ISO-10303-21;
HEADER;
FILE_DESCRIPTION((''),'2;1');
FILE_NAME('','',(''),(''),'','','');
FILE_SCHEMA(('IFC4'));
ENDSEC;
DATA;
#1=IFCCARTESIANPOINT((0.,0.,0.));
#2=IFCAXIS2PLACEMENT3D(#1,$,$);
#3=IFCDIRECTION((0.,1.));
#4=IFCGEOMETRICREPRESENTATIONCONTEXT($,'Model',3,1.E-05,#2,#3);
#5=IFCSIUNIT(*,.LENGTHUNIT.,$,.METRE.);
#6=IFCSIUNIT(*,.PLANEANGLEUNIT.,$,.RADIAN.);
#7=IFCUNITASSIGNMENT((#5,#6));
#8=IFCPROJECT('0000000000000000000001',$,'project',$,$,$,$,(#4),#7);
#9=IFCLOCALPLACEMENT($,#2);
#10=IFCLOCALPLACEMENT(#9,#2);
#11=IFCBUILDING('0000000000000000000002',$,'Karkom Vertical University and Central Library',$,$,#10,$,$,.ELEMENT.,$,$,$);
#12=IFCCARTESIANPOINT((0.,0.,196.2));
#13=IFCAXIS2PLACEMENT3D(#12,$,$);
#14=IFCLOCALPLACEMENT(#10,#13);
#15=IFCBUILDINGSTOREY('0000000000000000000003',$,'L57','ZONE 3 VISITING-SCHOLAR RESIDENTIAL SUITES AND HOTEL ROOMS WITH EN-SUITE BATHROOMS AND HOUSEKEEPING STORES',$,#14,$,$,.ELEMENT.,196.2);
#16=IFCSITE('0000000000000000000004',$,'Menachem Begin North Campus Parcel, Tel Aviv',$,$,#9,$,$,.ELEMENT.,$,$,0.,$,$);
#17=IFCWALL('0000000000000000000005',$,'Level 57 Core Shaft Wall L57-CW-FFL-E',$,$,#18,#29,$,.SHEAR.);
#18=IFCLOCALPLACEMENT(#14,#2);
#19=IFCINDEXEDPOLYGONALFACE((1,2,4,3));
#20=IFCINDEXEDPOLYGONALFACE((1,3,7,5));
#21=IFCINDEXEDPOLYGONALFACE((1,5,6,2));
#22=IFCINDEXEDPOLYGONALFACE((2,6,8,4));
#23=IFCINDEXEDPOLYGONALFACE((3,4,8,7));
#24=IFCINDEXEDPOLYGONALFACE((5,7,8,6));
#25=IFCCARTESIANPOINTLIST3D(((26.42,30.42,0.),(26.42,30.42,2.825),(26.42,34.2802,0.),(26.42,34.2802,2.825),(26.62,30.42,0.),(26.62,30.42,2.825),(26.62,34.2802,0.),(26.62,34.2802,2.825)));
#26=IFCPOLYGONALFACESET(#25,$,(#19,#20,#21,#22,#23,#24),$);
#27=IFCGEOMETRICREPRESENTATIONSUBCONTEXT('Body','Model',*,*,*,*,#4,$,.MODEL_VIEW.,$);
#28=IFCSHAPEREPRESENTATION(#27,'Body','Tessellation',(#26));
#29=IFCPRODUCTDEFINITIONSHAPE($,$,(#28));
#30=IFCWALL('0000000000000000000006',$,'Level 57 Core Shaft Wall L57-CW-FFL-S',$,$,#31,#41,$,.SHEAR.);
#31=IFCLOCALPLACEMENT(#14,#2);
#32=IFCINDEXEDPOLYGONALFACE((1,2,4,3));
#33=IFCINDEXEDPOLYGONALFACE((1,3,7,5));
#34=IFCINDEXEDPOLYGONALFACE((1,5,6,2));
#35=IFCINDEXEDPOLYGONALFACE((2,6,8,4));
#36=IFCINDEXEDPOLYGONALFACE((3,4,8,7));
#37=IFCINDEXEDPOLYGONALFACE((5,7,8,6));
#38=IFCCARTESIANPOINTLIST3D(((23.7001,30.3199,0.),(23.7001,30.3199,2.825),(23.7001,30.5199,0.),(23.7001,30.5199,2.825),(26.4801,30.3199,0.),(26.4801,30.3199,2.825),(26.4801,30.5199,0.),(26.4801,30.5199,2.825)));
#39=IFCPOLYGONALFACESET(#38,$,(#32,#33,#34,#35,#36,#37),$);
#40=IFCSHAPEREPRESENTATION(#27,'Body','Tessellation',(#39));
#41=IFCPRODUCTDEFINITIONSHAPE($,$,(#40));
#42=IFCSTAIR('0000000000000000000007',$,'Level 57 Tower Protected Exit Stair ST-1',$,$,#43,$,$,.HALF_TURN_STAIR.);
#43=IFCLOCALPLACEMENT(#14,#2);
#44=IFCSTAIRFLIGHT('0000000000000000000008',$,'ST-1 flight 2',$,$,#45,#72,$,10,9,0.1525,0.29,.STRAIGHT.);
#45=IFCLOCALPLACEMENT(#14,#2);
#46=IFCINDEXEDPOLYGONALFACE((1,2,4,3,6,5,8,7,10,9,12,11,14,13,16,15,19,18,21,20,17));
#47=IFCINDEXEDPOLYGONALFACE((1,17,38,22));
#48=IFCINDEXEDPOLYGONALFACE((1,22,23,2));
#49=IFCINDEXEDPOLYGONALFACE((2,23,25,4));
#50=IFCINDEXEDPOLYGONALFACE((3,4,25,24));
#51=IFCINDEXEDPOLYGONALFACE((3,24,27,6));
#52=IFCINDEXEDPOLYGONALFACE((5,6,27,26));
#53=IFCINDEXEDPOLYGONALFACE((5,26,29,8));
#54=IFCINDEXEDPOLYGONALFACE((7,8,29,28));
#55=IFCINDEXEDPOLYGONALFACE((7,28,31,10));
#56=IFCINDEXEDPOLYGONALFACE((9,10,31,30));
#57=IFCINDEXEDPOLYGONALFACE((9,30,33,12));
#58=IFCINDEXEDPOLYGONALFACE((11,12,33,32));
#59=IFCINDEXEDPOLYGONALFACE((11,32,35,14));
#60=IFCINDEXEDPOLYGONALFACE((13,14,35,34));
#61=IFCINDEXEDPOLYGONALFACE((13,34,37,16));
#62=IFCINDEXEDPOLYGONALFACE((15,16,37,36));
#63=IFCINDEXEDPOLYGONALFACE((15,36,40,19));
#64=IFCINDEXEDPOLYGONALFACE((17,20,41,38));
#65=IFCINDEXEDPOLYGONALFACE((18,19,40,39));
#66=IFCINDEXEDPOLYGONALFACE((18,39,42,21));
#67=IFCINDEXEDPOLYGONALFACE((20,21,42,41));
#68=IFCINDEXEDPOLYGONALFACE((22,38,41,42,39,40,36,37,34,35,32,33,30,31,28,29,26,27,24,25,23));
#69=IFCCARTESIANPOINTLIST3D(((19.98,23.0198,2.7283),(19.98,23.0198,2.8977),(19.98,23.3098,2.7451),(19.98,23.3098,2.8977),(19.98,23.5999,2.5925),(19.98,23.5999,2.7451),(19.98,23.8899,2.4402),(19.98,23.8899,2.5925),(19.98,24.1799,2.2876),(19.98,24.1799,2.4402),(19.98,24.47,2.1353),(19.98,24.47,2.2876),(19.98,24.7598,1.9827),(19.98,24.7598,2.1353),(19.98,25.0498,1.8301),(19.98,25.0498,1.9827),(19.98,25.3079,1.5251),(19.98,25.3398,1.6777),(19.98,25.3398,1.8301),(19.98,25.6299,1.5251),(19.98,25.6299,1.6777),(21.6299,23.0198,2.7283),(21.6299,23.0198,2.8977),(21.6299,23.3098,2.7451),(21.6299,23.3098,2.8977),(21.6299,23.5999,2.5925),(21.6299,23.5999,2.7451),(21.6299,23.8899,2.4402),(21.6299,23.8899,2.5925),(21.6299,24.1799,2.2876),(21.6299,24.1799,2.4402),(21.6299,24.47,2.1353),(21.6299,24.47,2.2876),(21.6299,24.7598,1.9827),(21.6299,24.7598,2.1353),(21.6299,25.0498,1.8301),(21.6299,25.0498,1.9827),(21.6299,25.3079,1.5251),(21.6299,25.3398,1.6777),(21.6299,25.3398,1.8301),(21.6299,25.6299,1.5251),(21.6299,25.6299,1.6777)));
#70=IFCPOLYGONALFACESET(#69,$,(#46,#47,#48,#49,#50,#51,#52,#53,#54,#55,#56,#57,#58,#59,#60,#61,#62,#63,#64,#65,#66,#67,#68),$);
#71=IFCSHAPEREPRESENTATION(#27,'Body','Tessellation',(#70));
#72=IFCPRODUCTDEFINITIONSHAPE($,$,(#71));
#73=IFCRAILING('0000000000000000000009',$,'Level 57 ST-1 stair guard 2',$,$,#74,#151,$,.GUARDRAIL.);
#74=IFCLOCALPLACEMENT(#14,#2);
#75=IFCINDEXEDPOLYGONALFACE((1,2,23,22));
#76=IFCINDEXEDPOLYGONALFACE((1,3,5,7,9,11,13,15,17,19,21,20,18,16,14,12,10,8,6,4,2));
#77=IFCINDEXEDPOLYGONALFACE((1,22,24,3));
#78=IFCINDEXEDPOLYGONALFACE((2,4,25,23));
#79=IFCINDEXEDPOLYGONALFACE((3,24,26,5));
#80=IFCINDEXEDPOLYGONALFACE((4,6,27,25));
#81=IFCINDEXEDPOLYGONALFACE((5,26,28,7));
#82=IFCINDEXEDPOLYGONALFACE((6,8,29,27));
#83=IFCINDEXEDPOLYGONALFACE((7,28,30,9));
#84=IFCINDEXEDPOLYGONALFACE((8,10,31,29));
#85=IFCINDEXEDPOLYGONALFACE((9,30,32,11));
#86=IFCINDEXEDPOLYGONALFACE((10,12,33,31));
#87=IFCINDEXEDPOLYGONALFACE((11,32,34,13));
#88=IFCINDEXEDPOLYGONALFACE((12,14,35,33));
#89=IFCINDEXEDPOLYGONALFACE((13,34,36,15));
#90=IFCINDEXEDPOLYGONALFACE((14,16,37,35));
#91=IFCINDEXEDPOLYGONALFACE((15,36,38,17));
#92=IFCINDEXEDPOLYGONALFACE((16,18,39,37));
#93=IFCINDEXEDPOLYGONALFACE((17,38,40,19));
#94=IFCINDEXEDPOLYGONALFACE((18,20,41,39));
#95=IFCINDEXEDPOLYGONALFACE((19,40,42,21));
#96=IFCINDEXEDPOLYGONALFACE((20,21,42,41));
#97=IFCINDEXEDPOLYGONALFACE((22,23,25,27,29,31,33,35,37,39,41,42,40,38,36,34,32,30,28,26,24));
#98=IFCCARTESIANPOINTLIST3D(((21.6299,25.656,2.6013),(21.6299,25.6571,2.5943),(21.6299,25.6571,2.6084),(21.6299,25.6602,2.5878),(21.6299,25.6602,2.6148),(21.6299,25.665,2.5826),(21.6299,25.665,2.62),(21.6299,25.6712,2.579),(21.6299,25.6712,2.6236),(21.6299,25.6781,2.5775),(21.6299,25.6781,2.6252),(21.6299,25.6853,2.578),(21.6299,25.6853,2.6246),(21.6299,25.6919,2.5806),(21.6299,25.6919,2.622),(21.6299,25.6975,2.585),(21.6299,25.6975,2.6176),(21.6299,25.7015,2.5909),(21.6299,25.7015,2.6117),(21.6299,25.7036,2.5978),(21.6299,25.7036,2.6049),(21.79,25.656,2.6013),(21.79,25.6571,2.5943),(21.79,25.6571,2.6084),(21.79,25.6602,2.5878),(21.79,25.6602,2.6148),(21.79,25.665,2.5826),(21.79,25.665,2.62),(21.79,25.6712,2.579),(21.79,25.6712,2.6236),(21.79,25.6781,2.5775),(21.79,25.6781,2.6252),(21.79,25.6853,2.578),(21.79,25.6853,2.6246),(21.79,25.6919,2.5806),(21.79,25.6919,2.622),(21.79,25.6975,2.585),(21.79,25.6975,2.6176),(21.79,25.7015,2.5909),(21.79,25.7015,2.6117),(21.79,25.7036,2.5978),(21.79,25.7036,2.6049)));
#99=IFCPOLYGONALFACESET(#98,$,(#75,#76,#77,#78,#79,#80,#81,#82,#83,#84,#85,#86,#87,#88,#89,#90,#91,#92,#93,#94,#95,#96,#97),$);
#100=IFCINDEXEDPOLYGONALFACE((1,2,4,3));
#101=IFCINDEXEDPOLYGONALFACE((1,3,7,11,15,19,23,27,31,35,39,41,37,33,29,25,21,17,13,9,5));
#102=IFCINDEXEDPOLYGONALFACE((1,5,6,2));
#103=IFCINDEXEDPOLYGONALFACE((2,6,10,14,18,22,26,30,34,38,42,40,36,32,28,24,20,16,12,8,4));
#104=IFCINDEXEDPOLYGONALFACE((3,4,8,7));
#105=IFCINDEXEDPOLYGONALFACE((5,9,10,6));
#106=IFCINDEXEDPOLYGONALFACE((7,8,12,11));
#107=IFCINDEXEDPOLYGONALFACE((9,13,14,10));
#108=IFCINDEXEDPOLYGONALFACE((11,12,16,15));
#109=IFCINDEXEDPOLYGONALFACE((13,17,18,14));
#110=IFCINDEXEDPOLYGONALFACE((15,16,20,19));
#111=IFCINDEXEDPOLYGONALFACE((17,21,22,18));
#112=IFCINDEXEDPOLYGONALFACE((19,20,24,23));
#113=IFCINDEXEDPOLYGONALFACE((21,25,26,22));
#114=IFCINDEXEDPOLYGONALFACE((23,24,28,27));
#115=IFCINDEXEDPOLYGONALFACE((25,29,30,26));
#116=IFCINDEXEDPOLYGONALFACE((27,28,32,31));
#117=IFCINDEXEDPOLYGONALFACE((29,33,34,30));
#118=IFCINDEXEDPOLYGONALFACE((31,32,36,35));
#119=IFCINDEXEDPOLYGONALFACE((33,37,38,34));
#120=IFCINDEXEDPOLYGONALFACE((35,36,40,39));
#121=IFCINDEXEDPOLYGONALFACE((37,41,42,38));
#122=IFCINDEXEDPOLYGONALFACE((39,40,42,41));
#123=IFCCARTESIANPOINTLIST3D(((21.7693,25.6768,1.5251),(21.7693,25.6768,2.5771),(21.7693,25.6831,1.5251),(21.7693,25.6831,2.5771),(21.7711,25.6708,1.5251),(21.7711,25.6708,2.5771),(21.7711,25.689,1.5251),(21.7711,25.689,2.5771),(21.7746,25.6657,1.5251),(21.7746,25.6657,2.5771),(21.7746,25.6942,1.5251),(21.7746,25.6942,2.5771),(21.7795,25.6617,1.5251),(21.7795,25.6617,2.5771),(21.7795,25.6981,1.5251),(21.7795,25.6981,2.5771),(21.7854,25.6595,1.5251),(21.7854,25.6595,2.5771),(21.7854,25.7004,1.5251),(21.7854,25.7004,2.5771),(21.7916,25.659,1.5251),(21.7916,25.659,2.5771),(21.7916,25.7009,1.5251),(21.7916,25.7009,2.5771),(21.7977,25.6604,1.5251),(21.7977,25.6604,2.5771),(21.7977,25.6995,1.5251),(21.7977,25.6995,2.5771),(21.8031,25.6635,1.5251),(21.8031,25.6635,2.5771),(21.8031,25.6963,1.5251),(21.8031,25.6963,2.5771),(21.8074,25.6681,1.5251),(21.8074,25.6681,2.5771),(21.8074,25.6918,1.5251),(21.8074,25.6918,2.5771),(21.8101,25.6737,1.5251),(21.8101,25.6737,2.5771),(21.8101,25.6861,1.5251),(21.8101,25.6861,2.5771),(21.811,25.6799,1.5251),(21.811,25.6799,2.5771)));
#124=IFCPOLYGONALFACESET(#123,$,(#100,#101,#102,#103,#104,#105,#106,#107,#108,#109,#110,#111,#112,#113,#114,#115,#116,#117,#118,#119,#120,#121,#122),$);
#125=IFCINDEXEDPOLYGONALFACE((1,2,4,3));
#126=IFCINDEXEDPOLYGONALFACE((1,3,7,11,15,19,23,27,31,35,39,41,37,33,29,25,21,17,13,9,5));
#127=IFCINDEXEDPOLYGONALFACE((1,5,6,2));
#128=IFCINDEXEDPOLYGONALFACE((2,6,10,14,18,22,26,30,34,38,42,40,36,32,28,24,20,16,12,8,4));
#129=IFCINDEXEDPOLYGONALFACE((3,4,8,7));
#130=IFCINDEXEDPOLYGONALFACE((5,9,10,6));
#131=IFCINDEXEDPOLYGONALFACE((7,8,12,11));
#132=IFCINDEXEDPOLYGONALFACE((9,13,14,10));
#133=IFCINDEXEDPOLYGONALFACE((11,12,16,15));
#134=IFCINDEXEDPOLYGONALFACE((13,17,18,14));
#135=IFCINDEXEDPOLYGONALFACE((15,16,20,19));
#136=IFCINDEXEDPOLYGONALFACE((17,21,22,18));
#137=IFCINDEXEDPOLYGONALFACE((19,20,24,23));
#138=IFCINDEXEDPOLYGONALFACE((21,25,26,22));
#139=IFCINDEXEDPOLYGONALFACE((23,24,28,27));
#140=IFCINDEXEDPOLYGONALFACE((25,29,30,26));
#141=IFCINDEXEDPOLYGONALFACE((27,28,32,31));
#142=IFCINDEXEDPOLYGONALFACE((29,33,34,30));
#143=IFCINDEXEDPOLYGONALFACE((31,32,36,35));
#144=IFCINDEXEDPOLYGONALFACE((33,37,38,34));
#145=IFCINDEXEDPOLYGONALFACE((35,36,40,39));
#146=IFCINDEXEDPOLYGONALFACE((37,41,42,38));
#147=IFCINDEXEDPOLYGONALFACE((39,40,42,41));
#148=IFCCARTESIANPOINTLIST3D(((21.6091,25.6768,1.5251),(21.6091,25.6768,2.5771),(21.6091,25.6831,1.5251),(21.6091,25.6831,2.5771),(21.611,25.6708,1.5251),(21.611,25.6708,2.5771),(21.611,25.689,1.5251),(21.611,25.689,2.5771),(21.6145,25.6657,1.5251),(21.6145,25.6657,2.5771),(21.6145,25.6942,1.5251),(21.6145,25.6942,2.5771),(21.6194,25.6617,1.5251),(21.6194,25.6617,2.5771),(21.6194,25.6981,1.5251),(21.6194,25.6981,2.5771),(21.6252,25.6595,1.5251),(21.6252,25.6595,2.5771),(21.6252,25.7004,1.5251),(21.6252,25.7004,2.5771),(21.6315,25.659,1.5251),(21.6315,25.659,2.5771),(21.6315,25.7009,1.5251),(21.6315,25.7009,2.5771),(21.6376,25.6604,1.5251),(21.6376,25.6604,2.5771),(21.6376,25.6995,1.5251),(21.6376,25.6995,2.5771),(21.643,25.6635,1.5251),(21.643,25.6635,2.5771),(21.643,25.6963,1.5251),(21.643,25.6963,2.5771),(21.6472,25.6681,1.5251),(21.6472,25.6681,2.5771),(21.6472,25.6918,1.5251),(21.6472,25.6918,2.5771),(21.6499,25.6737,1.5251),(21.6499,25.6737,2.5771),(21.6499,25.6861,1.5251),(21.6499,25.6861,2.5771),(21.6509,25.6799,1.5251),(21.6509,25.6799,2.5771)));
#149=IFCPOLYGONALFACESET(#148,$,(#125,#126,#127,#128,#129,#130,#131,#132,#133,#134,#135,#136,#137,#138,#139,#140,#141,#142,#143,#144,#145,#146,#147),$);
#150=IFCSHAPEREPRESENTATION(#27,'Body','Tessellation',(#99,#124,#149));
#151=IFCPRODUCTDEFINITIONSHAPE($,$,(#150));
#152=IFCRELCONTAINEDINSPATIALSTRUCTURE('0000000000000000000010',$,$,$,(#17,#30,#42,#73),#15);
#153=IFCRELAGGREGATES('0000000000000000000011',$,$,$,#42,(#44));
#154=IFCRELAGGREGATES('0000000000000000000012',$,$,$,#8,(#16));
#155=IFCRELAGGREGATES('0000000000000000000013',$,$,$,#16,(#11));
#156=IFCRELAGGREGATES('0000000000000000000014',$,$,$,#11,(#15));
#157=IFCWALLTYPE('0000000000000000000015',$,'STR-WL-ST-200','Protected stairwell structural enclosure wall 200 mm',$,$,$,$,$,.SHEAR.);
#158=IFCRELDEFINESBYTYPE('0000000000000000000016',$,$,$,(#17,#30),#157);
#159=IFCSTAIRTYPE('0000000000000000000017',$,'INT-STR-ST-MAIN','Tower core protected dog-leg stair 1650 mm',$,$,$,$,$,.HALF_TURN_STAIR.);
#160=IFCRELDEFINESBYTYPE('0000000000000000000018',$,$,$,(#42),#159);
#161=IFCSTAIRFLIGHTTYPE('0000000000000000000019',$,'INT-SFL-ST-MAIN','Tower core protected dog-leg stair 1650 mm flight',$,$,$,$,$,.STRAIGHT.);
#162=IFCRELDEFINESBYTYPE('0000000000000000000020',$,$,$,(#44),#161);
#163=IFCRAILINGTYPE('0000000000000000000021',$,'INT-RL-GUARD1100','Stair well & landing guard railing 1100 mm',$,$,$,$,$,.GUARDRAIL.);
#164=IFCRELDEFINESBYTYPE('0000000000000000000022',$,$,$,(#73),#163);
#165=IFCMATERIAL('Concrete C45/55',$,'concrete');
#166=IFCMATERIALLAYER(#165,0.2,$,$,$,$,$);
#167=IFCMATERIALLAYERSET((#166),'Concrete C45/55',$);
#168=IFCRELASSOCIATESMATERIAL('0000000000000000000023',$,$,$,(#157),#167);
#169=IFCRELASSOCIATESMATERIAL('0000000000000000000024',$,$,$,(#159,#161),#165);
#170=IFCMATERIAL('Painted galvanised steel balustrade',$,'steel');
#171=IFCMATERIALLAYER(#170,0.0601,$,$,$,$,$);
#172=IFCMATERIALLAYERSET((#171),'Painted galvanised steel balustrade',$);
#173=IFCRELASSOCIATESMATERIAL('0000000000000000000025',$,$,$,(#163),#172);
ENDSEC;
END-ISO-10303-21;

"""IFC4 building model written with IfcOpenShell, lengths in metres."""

from ifc_helpers import new_model, si_unit, direction, frame, frame_2d, origin, origin_2d, place, context, subcontext, project, spatial, polyline, rectangle, circle, outline, extrude, material, layer, layer_set, type_object, element, aggregate, save


model = new_model("IFC4")

# Units and contexts
model_context = context("Model", 3, precision=1e-05, world=origin(), true_north=direction((0.0, 1.0)))
body_context = subcontext(model_context, "Body", "Model", "MODEL_VIEW")
ifc_project = project(units=[si_unit("LENGTHUNIT", "METRE"), si_unit("PLANEANGLEUNIT", "RADIAN")], contexts=[model_context])

# Site, building, storey
site_placement = place(None, origin())
site = spatial("IfcSite", under=ifc_project, at=site_placement, Name="Menachem Begin North Campus Parcel, Tel Aviv", CompositionType="ELEMENT", RefElevation=0.0)
building_placement = place(site_placement, origin())
building = spatial("IfcBuilding", under=site, at=building_placement, Name="Karkom Vertical University and Central Library", CompositionType="ELEMENT")
storey_placement = place(building_placement, frame((0.0, 0.0, 196.2)))
storey = spatial("IfcBuildingStorey", under=building, at=storey_placement, Name="L57", Description="ZONE 3 VISITING-SCHOLAR RESIDENTIAL SUITES AND HOTEL ROOMS WITH EN-SUITE BATHROOMS AND HOUSEKEEPING STORES", CompositionType="ELEMENT", Elevation=196.2)

# Shared definitions
ifc_material_1 = material(Name="Concrete C45/55", Category="concrete")
ifc_layer_1 = layer(ifc_material_1, 0.2)
ifc_layer_set_1 = layer_set([ifc_layer_1], Name="Concrete C45/55")
wall_type_1 = type_object("IfcWallType", Name="STR-WL-ST-200", Description="Protected stairwell structural enclosure wall 200 mm", PredefinedType="SHEAR", material=ifc_layer_set_1)

# Walls
wall_1_placement = place(storey_placement, frame((26.52, 30.4199, 0.0), z_axis=(0.0, 0.0, 1.0), x_axis=(0.0, 1.0, 0.0)))
element("IfcWall", 1, at=wall_1_placement, inside=storey, type_object=wall_type_1, Name="Level 57 Core Shaft Wall L57-CW-FFL-E", PredefinedType="SHEAR", context=body_context, shape_type="SweptSolid", body=[
    extrude(rectangle(XDim=3.8601, YDim=0.2, at=frame_2d((1.9302, 0.0))), origin(), (0.0, 0.0, 1.0), 2.825),
])
wall_2_placement = place(storey_placement, frame((23.7, 30.4199, 0.0), z_axis=(0.0, 0.0, 1.0), x_axis=(1.0, 0.0, 0.0)))
element("IfcWall", 2, at=wall_2_placement, inside=storey, type_object=wall_type_1, Name="Level 57 Core Shaft Wall L57-CW-FFL-S", PredefinedType="SHEAR", context=body_context, shape_type="SweptSolid", body=[
    extrude(rectangle(XDim=2.78, YDim=0.2, at=frame_2d((1.3901, 0.0))), origin(), (0.0, 0.0, 1.0), 2.825),
])

# Stair, stair flight
stair_type = type_object("IfcStairType", Name="INT-STR-ST-MAIN", Description="Tower core protected dog-leg stair 1650 mm", PredefinedType="HALF_TURN_STAIR", material=ifc_material_1)
stair_placement = place(storey_placement, origin())
stair = element("IfcStair", 3, at=stair_placement, inside=storey, type_object=stair_type, Name="Level 57 Tower Protected Exit Stair ST-1", PredefinedType="HALF_TURN_STAIR")
stair_flight_type = type_object("IfcStairFlightType", Name="INT-SFL-ST-MAIN", Description="Tower core protected dog-leg stair 1650 mm flight", PredefinedType="STRAIGHT", material=ifc_material_1)
stair_flight_placement = place(storey_placement, frame((20.8049, 25.6299, 1.5251), z_axis=(0.0, 0.0, 1.0), x_axis=(0.0, -1.0, 0.0)))
stair_flight = element("IfcStairFlight", 4, at=stair_flight_placement, type_object=stair_flight_type, Name="ST-1 flight 2", NumberOfRisers=10, NumberOfTreads=9, PredefinedType="STRAIGHT", RiserHeight=0.1525, TreadLength=0.29, context=body_context, shape_type="SweptSolid", body=[
    extrude(outline(polyline([(0.0, 0.0), (0.0, 0.1526), (0.29, 0.1526), (0.29, 0.3049), (0.5801, 0.3049), (0.5801, 0.4575), (0.8701, 0.4575), (0.8701, 0.6101), (1.1599, 0.6101), (1.1599, 0.7625), (1.45, 0.7625), (1.45, 0.915), (1.74, 0.915), (1.74, 1.0674), (2.03, 1.0674), (2.03, 1.22), (2.3201, 1.22), (2.3201, 1.3726), (2.6101, 1.3726), (2.6101, 1.5249), (2.6101, 1.2031), (0.322, 0.0), (0.0, 0.0)])), frame((0.0, 0.825, 0.0), z_axis=(0.0, -1.0, 0.0), x_axis=(1.0, 0.0, 0.0)), (0.0, 0.0, 1.0), 1.6499),
])
aggregate(stair, [stair_flight])

# Railing
ifc_material_2 = material(Name="Painted galvanised steel balustrade", Category="steel")
ifc_layer_2 = layer(ifc_material_2, 0.0601)
ifc_layer_set_2 = layer_set([ifc_layer_2], Name="Painted galvanised steel balustrade")
railing_type_1 = type_object("IfcRailingType", Name="INT-RL-GUARD1100", Description="Stair well & landing guard railing 1100 mm", PredefinedType="GUARDRAIL", material=ifc_layer_set_2)
railing_1_placement = place(storey_placement, frame((21.79, 25.6799, 1.5251)))
element("IfcRailing", 5, at=railing_1_placement, inside=storey, type_object=railing_type_1, Name="Level 57 ST-1 stair guard 2", PredefinedType="GUARDRAIL", context=body_context, shape_type="SweptSolid", body=[
    extrude(circle(Radius=0.0239, at=origin_2d()), frame((0.0, 0.0, 1.0762), z_axis=(-1.0, 0.0, 0.0), x_axis=(0.0, -1.0, 0.0)), (0.0, 0.0, 1.0), 0.1602),
    extrude(circle(Radius=0.021, at=origin_2d()), origin(), (0.0, 0.0, 1.0), 1.052),
    extrude(circle(Radius=0.021, at=origin_2d()), frame((-0.1602, 0.0, 0.0)), (0.0, 0.0, 1.0), 1.052),
])

save(model, "model.ifc")
